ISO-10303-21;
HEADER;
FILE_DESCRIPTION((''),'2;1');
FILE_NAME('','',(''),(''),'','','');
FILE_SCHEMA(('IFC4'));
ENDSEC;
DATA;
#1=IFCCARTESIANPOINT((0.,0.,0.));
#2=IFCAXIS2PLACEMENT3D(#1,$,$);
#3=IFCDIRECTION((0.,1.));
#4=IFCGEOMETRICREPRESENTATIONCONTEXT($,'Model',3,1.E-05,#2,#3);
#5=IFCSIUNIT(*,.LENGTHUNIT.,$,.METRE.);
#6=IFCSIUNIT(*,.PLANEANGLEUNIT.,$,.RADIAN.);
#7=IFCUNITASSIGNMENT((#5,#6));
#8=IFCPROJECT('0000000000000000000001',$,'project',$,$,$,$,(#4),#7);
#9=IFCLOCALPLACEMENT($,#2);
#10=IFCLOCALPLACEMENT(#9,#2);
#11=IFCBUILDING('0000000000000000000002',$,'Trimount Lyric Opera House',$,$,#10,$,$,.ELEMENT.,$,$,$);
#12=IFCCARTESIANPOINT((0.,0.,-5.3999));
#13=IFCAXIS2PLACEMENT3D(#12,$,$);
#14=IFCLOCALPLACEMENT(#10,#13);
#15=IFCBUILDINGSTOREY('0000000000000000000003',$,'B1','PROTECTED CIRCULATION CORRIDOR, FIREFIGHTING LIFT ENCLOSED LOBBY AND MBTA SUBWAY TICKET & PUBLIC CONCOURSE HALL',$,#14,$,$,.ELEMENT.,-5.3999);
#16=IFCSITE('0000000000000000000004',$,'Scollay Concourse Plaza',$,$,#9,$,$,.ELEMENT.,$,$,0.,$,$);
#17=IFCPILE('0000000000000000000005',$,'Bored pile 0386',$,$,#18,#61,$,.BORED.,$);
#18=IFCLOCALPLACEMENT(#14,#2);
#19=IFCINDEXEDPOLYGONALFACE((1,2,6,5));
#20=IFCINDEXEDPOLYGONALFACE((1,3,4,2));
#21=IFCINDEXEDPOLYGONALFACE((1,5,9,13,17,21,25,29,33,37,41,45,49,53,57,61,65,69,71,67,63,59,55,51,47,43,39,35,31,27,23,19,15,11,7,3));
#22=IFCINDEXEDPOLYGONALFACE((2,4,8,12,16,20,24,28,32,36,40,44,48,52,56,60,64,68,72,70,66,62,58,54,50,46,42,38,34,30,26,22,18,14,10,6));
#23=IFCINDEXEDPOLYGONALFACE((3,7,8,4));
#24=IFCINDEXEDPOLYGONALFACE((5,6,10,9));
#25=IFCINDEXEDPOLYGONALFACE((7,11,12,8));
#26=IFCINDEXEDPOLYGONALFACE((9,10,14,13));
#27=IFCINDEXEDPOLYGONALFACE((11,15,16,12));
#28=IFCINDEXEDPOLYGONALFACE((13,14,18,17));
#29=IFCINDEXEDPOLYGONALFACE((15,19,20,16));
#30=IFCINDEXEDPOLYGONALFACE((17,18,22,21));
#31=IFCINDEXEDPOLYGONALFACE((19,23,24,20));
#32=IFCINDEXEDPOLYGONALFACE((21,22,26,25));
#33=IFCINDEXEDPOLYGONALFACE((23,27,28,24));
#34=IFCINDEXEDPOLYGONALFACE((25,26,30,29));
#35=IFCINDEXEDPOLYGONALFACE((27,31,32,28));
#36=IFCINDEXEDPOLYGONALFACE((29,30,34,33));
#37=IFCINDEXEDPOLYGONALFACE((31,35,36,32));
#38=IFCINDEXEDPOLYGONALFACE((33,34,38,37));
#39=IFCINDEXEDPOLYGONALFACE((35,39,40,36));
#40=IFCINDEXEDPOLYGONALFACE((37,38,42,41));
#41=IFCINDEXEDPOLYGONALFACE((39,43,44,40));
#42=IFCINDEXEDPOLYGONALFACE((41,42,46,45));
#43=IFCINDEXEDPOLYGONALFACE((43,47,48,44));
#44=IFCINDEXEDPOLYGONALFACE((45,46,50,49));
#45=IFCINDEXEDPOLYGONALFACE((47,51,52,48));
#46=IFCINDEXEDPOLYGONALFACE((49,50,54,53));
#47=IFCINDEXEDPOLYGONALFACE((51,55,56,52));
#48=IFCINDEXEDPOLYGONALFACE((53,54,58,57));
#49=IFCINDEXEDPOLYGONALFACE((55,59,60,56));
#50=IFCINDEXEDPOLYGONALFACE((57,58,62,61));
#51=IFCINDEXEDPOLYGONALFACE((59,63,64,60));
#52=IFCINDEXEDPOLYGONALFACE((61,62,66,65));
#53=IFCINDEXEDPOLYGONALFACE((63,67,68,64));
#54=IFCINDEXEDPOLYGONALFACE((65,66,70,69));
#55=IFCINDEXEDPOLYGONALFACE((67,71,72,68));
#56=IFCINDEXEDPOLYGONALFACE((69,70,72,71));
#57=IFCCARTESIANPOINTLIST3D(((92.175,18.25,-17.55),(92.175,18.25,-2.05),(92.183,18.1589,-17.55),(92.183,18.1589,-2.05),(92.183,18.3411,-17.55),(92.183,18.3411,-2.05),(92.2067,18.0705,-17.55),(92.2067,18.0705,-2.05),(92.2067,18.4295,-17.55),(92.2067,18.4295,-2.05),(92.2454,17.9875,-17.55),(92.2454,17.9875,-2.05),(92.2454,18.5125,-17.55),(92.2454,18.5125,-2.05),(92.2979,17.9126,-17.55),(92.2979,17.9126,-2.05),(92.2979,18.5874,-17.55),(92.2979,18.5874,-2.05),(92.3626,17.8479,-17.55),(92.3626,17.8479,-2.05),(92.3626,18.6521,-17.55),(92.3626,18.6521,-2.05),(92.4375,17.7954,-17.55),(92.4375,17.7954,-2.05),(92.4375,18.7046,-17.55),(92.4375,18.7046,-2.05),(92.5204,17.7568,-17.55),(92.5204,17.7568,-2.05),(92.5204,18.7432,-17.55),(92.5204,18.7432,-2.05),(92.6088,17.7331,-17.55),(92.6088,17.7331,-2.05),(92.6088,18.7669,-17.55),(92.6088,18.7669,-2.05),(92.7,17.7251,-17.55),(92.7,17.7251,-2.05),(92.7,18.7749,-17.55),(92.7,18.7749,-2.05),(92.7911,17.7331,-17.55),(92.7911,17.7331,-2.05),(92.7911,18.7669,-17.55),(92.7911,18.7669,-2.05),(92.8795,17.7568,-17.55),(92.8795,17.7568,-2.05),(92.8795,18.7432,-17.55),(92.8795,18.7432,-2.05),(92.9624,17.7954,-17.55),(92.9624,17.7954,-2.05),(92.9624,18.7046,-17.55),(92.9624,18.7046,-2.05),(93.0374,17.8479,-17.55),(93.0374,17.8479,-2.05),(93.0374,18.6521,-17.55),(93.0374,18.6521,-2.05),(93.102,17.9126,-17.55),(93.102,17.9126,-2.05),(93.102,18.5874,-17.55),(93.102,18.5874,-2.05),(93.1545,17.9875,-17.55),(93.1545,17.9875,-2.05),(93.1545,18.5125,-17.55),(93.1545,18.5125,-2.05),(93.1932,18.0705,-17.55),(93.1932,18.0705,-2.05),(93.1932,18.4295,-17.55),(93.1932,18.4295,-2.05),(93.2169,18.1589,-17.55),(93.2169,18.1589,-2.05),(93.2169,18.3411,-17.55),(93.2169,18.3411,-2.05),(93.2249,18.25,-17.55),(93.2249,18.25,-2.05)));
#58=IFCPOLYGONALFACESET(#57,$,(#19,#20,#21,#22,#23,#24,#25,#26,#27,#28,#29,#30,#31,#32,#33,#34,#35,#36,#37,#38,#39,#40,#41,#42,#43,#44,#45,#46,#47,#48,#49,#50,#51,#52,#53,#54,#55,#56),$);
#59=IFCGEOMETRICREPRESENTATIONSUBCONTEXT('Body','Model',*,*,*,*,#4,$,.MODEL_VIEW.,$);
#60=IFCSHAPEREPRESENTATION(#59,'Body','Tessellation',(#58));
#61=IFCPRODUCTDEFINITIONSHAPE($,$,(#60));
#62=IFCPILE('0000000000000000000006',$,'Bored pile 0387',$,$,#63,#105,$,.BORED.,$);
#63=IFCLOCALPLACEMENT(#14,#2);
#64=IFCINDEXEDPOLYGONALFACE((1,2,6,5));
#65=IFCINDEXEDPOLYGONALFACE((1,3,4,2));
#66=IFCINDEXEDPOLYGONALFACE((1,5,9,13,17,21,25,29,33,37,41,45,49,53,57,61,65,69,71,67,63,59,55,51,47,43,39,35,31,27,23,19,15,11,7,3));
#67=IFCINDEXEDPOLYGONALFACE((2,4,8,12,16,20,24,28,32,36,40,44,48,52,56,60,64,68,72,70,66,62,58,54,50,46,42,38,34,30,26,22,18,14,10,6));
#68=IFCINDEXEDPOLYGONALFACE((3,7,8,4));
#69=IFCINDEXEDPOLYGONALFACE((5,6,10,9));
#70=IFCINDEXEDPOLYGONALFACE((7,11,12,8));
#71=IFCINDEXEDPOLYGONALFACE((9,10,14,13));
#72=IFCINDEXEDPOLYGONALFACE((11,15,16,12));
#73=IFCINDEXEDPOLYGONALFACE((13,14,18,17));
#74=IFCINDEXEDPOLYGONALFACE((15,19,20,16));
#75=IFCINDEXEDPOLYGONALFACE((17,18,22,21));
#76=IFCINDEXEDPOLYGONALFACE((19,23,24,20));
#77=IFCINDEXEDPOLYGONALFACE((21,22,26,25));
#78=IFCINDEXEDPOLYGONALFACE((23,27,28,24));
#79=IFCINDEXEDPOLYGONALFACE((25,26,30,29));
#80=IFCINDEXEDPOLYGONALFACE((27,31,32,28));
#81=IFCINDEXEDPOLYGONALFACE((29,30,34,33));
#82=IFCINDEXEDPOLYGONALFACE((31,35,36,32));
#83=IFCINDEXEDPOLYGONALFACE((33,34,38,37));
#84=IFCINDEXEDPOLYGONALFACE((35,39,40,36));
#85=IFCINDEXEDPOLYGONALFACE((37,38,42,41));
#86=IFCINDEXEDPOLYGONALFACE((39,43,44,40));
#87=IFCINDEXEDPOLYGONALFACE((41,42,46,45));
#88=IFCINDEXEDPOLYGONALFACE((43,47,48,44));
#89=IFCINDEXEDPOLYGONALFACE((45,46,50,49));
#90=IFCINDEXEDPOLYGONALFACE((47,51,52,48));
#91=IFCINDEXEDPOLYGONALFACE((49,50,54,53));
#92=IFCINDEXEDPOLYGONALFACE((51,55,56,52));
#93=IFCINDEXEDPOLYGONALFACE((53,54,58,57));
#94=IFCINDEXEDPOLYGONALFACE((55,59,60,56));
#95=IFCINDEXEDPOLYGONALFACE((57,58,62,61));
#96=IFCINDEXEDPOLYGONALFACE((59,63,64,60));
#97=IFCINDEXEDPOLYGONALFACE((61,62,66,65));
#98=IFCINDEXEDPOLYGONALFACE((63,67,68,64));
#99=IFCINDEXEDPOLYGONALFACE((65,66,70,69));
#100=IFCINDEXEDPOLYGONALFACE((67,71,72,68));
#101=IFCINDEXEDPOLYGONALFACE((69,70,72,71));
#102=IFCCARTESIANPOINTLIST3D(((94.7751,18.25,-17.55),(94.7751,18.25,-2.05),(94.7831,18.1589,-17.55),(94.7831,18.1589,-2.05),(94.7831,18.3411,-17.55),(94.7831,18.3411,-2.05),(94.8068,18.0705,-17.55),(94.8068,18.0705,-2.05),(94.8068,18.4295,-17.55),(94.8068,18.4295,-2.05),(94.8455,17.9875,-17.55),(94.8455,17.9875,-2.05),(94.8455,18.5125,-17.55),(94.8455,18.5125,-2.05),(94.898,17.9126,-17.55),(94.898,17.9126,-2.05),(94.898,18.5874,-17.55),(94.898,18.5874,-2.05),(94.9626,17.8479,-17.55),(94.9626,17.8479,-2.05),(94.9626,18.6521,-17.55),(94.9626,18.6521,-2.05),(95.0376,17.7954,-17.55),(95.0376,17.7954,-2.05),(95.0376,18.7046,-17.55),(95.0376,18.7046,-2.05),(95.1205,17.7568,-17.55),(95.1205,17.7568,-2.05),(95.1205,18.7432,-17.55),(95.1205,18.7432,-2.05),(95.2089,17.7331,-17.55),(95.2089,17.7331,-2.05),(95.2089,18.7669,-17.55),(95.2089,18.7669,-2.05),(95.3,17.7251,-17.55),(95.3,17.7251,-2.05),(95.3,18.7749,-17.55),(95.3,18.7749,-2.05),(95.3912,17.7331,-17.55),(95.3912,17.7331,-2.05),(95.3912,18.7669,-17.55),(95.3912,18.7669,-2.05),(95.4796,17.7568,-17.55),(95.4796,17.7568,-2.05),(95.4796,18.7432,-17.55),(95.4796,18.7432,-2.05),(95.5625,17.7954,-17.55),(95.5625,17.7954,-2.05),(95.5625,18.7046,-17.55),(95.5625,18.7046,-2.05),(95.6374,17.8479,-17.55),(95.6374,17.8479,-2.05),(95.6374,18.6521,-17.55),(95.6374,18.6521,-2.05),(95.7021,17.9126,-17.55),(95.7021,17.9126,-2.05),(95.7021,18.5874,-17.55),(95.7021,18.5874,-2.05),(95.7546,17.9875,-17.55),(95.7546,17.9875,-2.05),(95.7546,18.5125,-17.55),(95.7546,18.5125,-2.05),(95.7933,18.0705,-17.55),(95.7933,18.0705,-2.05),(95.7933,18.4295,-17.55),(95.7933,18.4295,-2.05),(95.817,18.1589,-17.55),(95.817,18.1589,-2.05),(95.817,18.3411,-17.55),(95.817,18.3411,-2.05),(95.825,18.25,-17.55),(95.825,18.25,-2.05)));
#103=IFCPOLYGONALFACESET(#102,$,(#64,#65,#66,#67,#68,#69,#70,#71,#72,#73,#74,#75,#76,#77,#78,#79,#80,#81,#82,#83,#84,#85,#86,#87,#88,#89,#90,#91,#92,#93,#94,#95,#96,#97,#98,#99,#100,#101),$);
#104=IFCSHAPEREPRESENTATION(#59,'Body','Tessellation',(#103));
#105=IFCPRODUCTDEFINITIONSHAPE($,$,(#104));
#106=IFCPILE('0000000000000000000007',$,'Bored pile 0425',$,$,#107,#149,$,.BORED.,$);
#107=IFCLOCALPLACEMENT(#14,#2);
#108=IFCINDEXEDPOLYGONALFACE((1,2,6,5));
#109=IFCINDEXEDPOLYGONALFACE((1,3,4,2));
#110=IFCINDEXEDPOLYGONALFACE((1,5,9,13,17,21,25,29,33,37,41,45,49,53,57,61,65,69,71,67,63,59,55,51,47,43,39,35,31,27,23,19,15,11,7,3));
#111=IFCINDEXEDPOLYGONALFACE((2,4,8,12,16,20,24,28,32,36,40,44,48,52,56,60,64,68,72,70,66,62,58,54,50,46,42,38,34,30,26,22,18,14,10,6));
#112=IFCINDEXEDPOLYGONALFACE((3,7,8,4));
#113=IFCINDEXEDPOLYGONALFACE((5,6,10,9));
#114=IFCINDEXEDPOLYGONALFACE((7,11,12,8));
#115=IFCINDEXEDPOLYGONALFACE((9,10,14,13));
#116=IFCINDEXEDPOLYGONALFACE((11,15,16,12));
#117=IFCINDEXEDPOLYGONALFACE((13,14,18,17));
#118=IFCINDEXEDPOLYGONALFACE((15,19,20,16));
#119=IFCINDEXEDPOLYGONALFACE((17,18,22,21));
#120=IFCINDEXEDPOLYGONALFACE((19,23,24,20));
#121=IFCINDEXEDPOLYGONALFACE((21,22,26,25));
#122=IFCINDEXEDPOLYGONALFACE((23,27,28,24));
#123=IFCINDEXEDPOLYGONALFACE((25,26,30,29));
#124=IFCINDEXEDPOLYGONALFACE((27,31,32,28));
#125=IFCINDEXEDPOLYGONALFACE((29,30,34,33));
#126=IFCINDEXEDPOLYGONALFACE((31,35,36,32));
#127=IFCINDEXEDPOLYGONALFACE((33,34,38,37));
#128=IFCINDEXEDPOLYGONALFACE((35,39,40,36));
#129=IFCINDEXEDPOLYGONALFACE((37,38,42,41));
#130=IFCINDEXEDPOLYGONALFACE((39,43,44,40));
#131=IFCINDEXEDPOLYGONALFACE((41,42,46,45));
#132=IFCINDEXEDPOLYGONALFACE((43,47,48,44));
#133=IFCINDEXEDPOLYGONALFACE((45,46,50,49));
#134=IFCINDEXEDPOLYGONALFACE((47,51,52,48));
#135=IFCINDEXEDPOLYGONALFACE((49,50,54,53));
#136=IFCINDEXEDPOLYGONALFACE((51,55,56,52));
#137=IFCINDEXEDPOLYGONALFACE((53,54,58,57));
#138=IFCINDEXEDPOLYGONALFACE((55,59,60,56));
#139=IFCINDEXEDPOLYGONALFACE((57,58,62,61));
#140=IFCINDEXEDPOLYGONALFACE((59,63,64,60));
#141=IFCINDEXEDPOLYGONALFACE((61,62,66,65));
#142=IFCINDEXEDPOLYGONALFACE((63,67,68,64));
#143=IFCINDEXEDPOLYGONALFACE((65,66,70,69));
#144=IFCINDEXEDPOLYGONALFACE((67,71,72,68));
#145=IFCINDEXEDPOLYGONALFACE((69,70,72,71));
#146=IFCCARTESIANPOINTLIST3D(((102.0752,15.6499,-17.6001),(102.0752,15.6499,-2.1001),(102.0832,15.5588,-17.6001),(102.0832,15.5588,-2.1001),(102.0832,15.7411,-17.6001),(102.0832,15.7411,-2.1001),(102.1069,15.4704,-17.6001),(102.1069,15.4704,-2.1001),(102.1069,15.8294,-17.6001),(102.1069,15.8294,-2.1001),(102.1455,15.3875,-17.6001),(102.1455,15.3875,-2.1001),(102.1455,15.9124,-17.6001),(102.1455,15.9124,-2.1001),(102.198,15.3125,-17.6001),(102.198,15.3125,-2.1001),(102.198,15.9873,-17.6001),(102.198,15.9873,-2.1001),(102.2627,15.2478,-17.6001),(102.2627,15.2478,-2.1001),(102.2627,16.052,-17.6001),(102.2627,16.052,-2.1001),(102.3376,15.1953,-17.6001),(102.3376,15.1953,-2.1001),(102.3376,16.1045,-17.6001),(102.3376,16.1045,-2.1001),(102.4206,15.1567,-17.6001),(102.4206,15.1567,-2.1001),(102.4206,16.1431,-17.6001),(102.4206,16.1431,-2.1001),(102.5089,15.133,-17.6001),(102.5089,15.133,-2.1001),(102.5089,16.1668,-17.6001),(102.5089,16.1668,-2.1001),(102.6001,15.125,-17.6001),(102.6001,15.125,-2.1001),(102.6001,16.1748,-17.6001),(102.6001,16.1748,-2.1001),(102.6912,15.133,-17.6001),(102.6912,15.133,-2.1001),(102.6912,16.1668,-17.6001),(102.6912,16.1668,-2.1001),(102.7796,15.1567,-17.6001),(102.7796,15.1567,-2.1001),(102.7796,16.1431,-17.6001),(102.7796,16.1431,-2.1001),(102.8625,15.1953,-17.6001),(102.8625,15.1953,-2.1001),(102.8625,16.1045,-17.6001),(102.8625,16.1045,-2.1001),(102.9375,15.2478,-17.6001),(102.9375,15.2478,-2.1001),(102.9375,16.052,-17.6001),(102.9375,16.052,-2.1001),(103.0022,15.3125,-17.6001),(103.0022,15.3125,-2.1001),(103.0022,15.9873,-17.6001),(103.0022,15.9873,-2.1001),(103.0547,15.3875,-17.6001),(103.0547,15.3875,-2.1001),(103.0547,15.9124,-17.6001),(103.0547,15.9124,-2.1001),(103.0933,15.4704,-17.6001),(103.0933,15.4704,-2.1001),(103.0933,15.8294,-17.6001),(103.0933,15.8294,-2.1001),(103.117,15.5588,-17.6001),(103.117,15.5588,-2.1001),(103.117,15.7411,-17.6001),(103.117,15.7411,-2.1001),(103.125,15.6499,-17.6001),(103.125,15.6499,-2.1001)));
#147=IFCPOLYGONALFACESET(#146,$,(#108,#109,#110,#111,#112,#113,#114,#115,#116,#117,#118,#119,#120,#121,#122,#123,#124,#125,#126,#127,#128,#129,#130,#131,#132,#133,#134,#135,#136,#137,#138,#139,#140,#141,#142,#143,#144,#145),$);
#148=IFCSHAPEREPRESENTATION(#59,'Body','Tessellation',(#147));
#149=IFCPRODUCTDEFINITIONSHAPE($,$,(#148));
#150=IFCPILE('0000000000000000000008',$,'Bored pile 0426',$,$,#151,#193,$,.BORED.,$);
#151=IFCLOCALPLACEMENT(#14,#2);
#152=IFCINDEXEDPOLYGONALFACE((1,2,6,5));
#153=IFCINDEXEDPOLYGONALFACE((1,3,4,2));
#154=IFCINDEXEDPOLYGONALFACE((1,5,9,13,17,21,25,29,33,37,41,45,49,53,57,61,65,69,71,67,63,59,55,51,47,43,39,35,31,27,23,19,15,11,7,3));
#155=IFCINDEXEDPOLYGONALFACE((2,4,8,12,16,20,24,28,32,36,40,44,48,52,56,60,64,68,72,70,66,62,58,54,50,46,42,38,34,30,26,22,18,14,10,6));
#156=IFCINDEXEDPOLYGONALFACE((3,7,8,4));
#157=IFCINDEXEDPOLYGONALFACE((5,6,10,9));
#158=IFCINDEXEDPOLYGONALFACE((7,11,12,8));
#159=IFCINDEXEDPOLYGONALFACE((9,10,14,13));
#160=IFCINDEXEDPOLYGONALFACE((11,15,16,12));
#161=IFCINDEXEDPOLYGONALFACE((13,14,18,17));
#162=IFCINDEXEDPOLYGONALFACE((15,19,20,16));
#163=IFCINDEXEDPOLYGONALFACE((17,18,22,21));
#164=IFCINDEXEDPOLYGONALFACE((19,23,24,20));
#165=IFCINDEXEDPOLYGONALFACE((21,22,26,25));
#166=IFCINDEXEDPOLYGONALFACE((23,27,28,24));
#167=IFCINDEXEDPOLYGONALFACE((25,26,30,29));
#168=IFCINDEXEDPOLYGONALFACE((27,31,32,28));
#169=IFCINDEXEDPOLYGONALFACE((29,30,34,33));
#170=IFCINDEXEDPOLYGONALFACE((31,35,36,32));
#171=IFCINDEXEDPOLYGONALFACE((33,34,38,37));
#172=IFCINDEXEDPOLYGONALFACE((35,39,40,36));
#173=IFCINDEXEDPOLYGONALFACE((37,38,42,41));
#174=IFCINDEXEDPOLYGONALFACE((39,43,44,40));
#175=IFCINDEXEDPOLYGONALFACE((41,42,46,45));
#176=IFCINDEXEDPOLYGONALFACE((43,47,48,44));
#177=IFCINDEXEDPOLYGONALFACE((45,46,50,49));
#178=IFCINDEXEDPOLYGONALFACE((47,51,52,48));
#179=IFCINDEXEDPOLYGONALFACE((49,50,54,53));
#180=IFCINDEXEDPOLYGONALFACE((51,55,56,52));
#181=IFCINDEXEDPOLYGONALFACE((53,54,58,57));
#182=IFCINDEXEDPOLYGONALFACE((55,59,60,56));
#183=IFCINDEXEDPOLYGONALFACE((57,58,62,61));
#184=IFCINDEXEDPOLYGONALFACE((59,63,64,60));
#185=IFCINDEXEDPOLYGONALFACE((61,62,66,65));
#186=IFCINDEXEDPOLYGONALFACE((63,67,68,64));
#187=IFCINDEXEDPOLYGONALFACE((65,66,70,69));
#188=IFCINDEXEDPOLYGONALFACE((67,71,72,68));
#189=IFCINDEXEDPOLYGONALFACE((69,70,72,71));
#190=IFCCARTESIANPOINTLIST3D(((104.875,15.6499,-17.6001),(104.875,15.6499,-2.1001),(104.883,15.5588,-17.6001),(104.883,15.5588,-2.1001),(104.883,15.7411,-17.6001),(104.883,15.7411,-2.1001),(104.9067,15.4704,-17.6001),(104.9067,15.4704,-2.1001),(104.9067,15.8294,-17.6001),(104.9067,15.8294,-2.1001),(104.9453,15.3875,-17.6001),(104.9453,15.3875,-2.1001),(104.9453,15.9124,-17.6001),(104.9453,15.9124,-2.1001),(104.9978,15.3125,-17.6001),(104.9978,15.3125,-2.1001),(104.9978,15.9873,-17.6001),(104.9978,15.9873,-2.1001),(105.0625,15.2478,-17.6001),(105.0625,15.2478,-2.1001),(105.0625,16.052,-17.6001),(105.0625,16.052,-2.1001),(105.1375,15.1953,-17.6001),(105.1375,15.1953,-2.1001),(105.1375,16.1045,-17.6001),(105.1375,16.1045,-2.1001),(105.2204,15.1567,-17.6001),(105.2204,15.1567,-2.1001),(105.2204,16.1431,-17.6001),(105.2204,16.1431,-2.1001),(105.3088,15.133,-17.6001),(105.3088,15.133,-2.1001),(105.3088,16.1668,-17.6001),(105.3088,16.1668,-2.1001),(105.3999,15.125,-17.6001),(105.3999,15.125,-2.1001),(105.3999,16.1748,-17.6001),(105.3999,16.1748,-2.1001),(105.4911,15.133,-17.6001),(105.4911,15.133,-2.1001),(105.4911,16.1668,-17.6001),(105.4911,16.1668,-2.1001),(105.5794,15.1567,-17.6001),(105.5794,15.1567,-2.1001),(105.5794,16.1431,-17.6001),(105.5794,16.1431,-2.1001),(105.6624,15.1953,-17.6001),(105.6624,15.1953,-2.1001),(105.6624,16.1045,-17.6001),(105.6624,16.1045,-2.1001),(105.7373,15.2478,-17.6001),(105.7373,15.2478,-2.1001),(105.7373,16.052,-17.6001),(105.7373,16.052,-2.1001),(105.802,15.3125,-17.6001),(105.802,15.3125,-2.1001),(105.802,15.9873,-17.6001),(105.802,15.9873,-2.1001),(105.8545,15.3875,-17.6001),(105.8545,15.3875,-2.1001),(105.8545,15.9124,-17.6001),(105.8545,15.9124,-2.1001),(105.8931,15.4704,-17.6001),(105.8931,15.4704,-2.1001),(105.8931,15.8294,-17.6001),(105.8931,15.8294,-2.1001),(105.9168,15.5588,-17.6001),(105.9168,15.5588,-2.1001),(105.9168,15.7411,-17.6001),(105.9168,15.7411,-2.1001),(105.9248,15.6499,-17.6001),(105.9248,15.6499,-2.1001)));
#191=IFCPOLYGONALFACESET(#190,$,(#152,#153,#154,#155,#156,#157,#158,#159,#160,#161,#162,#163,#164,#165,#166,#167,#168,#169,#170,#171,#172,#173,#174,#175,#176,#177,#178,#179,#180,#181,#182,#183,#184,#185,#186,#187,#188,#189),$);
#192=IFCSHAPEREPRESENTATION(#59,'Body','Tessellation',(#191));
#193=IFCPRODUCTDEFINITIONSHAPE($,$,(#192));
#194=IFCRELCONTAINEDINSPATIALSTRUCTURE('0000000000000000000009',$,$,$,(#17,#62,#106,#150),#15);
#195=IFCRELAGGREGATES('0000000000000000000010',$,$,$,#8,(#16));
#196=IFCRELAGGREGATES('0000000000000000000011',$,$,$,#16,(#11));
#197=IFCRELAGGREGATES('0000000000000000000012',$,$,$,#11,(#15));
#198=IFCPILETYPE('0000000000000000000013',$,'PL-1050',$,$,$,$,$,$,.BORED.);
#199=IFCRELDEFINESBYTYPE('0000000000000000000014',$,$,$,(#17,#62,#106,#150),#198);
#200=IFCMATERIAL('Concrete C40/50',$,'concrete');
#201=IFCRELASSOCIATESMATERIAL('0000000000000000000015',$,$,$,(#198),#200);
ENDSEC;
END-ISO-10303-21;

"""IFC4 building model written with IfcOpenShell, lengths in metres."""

from ifc_helpers import new_model, si_unit, direction, frame, origin, origin_2d, place, context, subcontext, project, spatial, circle, extrude, material, material_profile, profile_set, type_object, element, save


model = new_model("IFC4")

# Units and contexts
model_context = context("Model", 3, precision=1e-05, world=origin(), true_north=direction((0.0, 1.0)))
body_context = subcontext(model_context, "Body", "Model", "MODEL_VIEW")
ifc_project = project(units=[si_unit("LENGTHUNIT", "METRE"), si_unit("PLANEANGLEUNIT", "RADIAN")], contexts=[model_context])

# Site, building, storey
site_placement = place(None, origin())
site = spatial("IfcSite", under=ifc_project, at=site_placement, Name="Scollay Concourse Plaza", CompositionType="ELEMENT", RefElevation=0.0)
building_placement = place(site_placement, origin())
building = spatial("IfcBuilding", under=site, at=building_placement, Name="Trimount Lyric Opera House", CompositionType="ELEMENT")
storey_placement = place(building_placement, frame((0.0, 0.0, -5.3999)))
storey = spatial("IfcBuildingStorey", under=building, at=storey_placement, Name="B1", Description="PROTECTED CIRCULATION CORRIDOR, FIREFIGHTING LIFT ENCLOSED LOBBY AND MBTA SUBWAY TICKET & PUBLIC CONCOURSE HALL", CompositionType="ELEMENT", Elevation=-5.3999)

# Piles
ifc_material_1 = material(Name="Concrete C40/50", Category="concrete")
ifc_material_profile_1 = material_profile(ifc_material_1, circle(Radius=0.5249, at=origin_2d()), Name="PILE-D1050")
ifc_profile_set_1 = profile_set([ifc_material_profile_1], Name="Concrete C40/50")
pile_type_1 = type_object("IfcPileType", Name="PL-1050", PredefinedType="BORED", material=ifc_profile_set_1)
for number, where, z_axis, x_axis, name in (
    (1, (92.7, 18.25, -2.05), (0.0, 0.0, -1.0), (1.0, 0.0, 0.0), "Bored pile 0386"),
    (2, (95.3, 18.25, -2.05), (0.0, 0.0, -1.0), (1.0, 0.0, 0.0), "Bored pile 0387"),
    (3, (102.6001, 15.6499, -2.1001), (0.0, 0.0, -1.0), (1.0, 0.0, 0.0), "Bored pile 0425"),
    (4, (105.3999, 15.6499, -2.1001), (0.0, 0.0, -1.0), (1.0, 0.0, 0.0), "Bored pile 0426"),
):
    element("IfcPile", number, at=place(storey_placement, frame(where, z_axis=z_axis, x_axis=x_axis)), inside=storey, type_object=pile_type_1, Name=name, PredefinedType="BORED", context=body_context, shape_type="SweptSolid", body=[
        extrude(circle(Radius=0.5249, at=origin_2d()), origin(), (0.0, 0.0, 1.0), 15.5),
    ])

save(model, "model.ifc")
